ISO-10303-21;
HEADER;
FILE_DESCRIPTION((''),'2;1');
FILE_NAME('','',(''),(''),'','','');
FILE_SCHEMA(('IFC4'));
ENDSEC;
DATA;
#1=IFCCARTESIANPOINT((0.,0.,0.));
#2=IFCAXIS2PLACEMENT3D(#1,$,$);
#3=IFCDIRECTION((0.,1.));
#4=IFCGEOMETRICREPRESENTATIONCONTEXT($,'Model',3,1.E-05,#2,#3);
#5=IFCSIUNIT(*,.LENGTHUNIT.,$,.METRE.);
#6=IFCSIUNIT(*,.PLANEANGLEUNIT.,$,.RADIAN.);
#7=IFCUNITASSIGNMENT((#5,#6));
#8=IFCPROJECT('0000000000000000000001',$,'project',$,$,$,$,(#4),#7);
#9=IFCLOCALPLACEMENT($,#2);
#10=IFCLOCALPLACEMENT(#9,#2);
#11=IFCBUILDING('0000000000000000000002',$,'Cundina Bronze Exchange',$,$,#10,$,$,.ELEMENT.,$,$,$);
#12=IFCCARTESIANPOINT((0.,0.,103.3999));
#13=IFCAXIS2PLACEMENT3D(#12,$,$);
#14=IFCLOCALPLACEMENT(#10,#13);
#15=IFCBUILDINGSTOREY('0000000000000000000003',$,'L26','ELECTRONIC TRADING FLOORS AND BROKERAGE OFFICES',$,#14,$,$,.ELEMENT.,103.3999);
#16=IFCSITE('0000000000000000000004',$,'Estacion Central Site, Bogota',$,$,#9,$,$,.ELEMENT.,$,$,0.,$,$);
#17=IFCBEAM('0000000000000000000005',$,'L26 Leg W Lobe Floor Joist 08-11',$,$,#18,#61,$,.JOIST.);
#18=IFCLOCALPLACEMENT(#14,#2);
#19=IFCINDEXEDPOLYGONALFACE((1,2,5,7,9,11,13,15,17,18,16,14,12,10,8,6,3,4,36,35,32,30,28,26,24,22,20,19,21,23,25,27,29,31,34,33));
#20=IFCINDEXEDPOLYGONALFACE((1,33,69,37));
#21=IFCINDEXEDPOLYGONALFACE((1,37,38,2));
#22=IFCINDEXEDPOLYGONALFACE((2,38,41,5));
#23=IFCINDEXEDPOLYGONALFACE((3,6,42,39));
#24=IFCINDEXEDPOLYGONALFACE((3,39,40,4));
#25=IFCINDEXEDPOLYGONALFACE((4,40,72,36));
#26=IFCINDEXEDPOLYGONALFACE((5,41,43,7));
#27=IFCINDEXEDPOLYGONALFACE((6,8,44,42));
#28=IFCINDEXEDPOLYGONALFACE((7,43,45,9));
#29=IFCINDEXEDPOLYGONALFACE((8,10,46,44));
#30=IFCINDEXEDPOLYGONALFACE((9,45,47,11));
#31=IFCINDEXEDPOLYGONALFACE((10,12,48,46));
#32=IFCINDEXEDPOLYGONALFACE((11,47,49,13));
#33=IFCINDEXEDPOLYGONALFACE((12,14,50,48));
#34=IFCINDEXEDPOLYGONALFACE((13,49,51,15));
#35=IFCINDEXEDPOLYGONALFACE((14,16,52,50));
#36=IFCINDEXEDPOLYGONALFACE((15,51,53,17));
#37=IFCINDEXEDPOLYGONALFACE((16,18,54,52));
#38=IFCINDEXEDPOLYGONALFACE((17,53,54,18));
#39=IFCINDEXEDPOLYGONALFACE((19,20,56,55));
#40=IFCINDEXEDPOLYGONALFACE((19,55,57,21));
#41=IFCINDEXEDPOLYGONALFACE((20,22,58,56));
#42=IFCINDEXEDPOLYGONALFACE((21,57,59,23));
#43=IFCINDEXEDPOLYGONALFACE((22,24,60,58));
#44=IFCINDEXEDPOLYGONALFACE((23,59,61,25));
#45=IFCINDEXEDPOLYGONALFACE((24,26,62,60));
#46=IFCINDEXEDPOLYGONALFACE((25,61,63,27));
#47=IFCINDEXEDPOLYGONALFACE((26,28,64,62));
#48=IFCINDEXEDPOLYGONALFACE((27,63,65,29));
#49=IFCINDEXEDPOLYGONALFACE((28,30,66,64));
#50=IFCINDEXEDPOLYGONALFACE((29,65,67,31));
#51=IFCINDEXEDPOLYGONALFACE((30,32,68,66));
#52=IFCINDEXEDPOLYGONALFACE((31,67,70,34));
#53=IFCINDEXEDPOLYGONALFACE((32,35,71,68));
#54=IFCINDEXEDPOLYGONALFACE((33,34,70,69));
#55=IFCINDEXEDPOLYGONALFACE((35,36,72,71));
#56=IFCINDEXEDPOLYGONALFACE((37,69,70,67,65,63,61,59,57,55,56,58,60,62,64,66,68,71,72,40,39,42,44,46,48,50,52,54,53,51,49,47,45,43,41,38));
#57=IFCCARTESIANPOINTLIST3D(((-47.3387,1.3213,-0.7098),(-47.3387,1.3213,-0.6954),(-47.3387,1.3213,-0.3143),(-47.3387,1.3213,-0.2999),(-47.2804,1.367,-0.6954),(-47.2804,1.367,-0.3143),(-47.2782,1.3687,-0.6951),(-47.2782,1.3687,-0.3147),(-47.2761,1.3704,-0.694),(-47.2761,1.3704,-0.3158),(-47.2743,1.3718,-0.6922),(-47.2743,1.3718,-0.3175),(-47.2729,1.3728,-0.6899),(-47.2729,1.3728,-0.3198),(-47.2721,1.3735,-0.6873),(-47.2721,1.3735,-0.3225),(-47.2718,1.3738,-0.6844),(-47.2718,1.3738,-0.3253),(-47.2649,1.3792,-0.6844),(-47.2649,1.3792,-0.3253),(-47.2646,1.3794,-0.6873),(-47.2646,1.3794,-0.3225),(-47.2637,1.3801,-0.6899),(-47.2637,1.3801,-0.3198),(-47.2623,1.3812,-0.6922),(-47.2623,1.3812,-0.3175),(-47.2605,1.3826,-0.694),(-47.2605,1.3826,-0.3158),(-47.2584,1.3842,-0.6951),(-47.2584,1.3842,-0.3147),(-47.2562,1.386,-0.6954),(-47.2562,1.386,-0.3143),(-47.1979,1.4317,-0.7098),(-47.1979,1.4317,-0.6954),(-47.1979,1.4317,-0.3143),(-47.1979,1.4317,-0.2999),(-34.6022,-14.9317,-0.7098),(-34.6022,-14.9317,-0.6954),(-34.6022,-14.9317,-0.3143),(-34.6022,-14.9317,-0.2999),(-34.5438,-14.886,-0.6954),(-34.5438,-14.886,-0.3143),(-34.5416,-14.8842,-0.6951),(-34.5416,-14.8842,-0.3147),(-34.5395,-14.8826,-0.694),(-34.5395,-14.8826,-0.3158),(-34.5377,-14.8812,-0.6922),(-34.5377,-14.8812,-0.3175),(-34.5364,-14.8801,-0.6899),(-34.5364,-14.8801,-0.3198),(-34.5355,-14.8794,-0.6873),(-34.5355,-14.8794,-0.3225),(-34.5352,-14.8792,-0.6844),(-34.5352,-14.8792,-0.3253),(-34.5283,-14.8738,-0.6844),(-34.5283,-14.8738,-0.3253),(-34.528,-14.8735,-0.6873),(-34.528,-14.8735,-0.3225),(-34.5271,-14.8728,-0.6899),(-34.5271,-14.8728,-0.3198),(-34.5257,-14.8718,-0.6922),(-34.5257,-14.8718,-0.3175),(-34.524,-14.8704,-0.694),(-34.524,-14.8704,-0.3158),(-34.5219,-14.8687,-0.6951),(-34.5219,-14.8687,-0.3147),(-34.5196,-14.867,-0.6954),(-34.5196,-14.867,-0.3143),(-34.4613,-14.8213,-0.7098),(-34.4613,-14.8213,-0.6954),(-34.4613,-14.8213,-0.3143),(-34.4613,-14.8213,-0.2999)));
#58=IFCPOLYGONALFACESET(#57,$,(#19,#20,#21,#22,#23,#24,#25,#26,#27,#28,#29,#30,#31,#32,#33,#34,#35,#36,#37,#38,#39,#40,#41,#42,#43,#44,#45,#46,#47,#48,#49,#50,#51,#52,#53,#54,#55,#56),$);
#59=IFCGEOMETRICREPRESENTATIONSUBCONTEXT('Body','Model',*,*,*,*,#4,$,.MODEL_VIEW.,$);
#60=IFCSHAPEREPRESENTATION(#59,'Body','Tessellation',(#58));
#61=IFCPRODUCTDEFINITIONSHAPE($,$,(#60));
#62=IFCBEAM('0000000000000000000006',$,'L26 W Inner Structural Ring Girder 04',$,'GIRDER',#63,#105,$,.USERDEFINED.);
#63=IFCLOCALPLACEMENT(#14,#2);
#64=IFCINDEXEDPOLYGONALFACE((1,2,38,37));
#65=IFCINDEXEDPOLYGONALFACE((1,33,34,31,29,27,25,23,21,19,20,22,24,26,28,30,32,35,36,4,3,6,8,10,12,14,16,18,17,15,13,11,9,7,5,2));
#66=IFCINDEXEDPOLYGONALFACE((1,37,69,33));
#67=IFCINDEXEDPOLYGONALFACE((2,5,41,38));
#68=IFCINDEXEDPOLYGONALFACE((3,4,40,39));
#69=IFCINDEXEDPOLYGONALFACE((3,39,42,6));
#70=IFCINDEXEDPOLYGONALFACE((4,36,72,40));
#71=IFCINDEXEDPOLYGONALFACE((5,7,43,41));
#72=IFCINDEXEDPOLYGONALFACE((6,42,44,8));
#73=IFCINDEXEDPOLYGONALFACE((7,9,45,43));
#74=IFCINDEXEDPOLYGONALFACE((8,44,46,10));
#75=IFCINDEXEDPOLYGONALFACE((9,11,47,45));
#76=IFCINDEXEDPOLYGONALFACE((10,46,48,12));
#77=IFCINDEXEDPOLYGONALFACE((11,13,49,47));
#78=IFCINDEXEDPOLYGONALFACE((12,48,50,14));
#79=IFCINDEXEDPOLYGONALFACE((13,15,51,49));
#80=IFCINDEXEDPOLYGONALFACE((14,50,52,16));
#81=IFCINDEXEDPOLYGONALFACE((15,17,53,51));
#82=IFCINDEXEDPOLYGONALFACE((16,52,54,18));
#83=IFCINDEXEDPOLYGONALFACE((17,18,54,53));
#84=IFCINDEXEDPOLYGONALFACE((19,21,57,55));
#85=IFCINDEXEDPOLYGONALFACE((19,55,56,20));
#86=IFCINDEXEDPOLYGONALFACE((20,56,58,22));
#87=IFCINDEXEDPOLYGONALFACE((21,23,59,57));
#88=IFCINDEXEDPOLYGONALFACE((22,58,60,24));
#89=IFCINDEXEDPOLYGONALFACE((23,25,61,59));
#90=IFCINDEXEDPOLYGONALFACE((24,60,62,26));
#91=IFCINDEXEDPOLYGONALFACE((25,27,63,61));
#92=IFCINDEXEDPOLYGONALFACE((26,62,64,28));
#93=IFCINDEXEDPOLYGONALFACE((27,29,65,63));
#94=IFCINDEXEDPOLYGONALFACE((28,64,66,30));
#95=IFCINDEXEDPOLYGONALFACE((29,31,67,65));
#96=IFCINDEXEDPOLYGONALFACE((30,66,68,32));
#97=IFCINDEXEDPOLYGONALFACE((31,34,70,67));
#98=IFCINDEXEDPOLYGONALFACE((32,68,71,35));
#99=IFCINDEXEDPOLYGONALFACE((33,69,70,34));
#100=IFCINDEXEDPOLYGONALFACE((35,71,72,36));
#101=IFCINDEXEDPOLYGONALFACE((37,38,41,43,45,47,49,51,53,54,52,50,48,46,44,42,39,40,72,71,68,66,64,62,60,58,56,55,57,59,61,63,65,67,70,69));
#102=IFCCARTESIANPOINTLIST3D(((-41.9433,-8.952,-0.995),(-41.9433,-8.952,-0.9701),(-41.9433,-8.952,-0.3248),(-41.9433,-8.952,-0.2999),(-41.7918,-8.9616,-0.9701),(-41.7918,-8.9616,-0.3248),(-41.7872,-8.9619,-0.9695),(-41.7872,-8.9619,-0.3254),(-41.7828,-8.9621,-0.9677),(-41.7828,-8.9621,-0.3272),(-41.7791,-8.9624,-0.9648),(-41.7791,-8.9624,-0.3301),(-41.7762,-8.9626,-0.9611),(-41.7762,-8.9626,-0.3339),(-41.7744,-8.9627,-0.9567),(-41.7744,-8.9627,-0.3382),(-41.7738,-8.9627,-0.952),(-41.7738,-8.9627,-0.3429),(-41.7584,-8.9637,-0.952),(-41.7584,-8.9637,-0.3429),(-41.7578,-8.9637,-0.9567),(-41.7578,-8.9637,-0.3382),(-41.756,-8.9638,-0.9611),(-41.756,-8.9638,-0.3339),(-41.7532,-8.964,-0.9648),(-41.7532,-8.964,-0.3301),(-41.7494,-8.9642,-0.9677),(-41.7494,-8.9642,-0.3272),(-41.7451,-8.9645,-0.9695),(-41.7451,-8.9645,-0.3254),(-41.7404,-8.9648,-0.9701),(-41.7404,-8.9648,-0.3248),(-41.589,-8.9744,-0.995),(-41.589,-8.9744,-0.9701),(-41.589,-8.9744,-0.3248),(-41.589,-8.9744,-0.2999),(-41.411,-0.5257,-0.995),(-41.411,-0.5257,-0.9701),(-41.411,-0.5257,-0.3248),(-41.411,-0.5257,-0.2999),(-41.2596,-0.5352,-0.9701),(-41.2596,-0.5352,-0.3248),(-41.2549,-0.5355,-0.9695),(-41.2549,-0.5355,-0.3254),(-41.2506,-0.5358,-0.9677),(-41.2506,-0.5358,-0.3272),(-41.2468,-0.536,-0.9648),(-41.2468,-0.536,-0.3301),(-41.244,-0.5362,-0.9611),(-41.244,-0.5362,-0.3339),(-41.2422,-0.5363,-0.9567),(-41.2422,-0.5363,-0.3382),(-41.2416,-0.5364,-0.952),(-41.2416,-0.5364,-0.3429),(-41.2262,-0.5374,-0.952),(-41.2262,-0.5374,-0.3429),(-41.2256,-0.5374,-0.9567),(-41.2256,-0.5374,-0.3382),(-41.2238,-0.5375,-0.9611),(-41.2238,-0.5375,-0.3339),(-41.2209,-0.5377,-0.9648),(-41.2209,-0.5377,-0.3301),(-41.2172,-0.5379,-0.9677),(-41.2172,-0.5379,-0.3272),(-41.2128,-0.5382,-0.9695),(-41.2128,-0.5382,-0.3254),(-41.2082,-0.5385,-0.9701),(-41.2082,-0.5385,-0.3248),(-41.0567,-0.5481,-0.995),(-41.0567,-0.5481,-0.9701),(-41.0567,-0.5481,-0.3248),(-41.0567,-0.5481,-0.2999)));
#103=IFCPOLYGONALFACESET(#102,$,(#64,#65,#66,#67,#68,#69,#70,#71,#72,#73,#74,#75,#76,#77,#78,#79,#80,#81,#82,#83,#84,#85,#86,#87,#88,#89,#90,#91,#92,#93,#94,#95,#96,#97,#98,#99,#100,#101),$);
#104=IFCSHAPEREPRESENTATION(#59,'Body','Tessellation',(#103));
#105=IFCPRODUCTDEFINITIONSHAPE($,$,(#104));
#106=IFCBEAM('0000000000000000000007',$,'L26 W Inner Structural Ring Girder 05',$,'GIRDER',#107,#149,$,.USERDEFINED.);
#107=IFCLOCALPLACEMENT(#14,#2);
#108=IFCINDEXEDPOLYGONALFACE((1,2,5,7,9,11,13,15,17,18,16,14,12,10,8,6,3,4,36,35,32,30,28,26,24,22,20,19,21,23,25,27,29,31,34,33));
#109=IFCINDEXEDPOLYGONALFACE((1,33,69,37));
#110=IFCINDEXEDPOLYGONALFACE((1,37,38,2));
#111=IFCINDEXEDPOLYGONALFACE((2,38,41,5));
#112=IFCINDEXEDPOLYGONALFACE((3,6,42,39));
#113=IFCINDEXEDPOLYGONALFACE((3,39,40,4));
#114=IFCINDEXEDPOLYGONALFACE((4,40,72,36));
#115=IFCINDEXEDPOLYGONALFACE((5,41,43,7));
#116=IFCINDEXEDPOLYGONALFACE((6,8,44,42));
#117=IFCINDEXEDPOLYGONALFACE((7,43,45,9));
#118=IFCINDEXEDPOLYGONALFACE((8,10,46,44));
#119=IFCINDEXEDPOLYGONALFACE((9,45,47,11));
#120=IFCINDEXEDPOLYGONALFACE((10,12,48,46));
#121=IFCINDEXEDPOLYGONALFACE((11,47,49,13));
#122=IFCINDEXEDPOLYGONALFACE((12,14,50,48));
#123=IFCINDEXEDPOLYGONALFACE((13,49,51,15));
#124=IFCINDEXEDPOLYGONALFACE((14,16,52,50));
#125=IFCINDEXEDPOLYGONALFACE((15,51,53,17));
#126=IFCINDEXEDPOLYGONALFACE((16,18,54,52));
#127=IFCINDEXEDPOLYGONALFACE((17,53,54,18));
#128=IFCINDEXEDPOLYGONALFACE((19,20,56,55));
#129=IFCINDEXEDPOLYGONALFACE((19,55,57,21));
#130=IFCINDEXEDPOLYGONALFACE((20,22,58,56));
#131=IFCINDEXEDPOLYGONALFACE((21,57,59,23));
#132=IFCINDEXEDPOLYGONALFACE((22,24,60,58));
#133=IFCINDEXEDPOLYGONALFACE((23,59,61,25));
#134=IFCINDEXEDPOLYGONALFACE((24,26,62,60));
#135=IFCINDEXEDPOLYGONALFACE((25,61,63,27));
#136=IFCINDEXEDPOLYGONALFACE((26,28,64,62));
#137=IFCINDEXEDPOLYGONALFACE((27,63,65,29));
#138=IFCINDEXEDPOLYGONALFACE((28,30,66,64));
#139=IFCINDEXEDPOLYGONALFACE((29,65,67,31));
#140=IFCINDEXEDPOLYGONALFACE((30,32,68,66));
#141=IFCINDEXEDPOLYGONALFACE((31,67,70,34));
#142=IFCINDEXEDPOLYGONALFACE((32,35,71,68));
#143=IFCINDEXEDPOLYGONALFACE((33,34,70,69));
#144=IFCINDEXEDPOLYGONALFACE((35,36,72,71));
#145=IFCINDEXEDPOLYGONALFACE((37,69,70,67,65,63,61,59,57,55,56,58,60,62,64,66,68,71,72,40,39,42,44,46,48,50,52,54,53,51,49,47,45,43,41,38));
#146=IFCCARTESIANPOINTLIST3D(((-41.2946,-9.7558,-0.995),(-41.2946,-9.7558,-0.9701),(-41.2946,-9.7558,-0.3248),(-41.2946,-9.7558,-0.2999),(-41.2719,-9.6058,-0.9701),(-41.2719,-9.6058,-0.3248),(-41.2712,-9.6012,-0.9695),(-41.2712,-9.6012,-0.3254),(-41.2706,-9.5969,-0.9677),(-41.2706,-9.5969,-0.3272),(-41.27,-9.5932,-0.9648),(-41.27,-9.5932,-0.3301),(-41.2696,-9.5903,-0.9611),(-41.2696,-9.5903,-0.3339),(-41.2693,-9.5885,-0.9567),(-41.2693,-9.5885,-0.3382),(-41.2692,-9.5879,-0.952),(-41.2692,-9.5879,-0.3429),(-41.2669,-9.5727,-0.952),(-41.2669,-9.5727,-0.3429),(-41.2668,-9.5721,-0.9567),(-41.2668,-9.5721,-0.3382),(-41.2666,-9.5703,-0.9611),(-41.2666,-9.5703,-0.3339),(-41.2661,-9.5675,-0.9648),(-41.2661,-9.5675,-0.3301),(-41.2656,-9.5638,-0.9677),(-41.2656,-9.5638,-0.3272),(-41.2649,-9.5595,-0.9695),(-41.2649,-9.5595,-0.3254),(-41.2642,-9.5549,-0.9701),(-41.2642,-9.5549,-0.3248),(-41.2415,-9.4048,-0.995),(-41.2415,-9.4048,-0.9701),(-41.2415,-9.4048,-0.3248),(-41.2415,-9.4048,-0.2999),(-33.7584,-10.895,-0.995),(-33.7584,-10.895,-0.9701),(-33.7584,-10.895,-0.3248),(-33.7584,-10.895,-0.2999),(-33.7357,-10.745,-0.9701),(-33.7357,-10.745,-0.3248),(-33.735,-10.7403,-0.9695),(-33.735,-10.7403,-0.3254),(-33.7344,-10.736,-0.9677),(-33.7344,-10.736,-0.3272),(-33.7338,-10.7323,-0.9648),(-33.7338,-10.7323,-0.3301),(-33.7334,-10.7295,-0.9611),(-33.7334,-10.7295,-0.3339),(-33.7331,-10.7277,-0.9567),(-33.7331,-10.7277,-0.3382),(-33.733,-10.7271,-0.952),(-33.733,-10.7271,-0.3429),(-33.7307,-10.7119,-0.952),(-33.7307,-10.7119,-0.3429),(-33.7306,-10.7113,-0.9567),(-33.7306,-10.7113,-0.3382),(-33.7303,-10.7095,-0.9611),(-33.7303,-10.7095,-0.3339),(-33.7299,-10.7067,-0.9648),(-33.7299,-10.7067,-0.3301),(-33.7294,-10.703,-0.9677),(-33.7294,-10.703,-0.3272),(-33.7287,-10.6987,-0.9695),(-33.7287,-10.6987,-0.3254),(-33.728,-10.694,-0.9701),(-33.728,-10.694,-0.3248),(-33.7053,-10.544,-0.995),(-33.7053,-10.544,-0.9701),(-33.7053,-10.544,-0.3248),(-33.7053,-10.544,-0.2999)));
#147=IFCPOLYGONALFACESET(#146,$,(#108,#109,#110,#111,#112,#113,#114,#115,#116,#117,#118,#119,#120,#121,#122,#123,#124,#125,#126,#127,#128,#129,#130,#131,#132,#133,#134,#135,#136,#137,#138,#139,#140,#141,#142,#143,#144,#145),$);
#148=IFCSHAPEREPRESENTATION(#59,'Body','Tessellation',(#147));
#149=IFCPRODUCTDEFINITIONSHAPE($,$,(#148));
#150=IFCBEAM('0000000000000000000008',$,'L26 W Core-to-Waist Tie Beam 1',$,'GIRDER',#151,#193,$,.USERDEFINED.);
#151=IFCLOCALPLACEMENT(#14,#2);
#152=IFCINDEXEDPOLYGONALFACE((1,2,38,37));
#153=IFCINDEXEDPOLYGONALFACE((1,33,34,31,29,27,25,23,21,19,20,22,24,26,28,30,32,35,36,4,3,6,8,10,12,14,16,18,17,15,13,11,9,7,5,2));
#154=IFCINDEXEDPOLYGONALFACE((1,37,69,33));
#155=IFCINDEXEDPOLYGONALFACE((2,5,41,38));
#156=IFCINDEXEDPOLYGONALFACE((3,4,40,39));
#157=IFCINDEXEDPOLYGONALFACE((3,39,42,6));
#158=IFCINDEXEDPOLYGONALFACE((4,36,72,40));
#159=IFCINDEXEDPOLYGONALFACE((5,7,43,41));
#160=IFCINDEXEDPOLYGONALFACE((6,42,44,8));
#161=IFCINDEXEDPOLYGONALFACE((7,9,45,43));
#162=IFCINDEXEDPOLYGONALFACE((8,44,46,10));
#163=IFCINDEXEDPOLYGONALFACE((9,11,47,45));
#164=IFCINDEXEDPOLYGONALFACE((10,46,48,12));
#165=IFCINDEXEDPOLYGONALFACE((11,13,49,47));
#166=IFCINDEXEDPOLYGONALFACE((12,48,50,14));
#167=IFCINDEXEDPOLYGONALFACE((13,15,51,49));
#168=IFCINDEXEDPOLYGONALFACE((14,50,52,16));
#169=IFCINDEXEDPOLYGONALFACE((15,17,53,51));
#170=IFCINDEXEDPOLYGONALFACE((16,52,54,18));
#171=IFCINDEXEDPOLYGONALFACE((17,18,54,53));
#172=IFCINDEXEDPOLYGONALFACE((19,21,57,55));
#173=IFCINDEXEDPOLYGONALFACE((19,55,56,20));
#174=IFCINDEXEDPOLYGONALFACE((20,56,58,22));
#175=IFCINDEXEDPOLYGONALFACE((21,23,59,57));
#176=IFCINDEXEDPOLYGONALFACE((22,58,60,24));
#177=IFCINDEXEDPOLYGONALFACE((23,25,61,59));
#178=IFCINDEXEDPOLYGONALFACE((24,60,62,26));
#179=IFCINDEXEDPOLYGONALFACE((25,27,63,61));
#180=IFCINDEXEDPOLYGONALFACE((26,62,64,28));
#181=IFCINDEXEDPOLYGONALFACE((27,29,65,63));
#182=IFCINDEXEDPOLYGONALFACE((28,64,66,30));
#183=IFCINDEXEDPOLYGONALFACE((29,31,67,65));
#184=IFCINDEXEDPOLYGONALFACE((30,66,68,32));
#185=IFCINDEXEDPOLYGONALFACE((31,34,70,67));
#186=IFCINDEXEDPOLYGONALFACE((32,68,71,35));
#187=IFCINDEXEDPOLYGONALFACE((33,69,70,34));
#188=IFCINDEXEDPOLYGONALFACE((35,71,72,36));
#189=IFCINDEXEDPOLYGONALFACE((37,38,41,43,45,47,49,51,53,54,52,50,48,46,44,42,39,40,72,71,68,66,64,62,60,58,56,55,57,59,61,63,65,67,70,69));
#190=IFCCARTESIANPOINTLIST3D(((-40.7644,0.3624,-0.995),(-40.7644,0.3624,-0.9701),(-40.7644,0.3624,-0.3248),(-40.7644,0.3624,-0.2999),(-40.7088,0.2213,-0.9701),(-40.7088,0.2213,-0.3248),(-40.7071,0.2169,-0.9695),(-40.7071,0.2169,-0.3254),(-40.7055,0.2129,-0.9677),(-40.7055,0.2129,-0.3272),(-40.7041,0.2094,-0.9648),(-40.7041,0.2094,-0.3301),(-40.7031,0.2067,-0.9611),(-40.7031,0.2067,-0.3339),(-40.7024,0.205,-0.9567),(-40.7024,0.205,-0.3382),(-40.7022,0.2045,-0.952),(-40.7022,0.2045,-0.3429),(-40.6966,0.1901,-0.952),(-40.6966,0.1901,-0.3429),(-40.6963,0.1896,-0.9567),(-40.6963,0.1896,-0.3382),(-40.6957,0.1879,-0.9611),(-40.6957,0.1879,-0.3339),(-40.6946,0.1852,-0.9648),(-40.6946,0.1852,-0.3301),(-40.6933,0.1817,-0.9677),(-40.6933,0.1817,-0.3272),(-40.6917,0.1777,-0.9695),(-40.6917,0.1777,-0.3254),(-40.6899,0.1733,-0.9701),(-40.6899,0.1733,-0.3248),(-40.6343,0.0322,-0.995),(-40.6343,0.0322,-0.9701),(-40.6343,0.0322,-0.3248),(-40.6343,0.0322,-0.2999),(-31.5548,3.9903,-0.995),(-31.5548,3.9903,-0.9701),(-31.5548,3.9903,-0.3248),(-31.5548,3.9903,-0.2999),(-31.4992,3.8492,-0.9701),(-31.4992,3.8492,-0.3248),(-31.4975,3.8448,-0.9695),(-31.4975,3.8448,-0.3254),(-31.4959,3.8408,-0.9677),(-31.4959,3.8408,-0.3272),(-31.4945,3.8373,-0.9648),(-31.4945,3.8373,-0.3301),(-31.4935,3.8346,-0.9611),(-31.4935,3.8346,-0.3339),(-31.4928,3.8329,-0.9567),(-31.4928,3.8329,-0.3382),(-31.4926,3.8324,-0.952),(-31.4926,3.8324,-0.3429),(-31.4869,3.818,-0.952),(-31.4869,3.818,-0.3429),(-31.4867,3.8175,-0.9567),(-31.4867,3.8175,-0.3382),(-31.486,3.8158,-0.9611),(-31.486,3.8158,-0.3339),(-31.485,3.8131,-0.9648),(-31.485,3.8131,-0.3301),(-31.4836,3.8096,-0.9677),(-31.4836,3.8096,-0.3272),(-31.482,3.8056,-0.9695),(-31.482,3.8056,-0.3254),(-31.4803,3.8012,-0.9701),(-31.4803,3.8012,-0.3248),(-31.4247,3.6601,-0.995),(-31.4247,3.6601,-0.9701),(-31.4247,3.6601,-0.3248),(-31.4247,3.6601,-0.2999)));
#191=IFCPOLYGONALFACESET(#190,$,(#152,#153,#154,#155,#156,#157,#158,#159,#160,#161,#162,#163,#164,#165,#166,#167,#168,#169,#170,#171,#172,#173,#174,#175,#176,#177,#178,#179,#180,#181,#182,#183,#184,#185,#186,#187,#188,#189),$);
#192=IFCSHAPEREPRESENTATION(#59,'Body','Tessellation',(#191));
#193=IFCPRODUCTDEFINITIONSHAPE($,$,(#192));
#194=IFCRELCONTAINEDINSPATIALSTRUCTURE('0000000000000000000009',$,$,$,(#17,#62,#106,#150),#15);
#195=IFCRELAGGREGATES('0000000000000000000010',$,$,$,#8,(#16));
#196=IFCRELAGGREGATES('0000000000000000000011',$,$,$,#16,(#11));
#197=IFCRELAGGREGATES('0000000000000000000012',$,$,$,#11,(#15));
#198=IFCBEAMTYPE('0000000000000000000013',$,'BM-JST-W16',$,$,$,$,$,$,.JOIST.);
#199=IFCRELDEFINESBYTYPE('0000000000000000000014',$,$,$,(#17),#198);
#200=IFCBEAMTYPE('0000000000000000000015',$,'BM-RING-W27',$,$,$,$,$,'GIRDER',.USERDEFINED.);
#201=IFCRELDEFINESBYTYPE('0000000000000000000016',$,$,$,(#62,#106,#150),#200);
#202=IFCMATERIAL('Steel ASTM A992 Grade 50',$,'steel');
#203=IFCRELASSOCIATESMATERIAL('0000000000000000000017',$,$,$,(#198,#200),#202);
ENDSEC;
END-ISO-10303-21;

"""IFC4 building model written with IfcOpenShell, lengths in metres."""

from ifc_helpers import new_model, si_unit, direction, frame, origin, origin_2d, place, context, subcontext, project, spatial, i_section, extrude, material, material_profile, profile_set, type_object, element, save


model = new_model("IFC4")

# Units and contexts
model_context = context("Model", 3, precision=1e-05, world=origin(), true_north=direction((0.0, 1.0)))
body_context = subcontext(model_context, "Body", "Model", "MODEL_VIEW")
ifc_project = project(units=[si_unit("LENGTHUNIT", "METRE"), si_unit("PLANEANGLEUNIT", "RADIAN")], contexts=[model_context])

# Site, building, storey
site_placement = place(None, origin())
site = spatial("IfcSite", under=ifc_project, at=site_placement, Name="Estacion Central Site, Bogota", CompositionType="ELEMENT", RefElevation=0.0)
building_placement = place(site_placement, origin())
building = spatial("IfcBuilding", under=site, at=building_placement, Name="Cundina Bronze Exchange", CompositionType="ELEMENT")
storey_placement = place(building_placement, frame((0.0, 0.0, 103.3999)))
storey = spatial("IfcBuildingStorey", under=building, at=storey_placement, Name="L26", Description="ELECTRONIC TRADING FLOORS AND BROKERAGE OFFICES", CompositionType="ELEMENT", Elevation=103.3999)

# Shared definitions
ifc_material_1 = material(Name="Steel ASTM A992 Grade 50", Category="steel")

# Beams
ifc_material_profile_1 = material_profile(ifc_material_1, i_section(OverallWidth=0.179, OverallDepth=0.4099, WebThickness=0.0088, FlangeThickness=0.0144, FilletRadius=0.011, at=origin_2d()), Name="W16X45", Category="steel")
ifc_profile_set_1 = profile_set([ifc_material_profile_1], Name="Steel ASTM A992 Grade 50")
beam_type_1 = type_object("IfcBeamType", Name="BM-JST-W16", PredefinedType="JOIST", material=ifc_profile_set_1)
beam_1_placement = place(storey_placement, frame((-47.2683, 1.3765, -0.5049), z_axis=(0.616815, -0.787108, 0.0), x_axis=(0.787108, 0.616815, 0.0)))
element("IfcBeam", 1, at=beam_1_placement, inside=storey, type_object=beam_type_1, Name="L26 Leg W Lobe Floor Joist 08-11", PredefinedType="JOIST", context=body_context, shape_type="SweptSolid", body=[
    extrude(i_section(OverallWidth=0.179, OverallDepth=0.4099, WebThickness=0.0088, FlangeThickness=0.0144, FilletRadius=0.011, at=origin_2d()), origin(), (0.0, 0.0, 1.0), 20.6489),
])
ifc_material_profile_2 = material_profile(ifc_material_1, i_section(OverallWidth=0.355, OverallDepth=0.6951, WebThickness=0.0154, FlangeThickness=0.0249, FilletRadius=0.0181, at=origin_2d()), Name="W27X146", Category="steel")
ifc_profile_set_2 = profile_set([ifc_material_profile_2], Name="Steel ASTM A992 Grade 50")
beam_type_2 = type_object("IfcBeamType", Name="BM-RING-W27", ElementType="GIRDER", PredefinedType="USERDEFINED", material=ifc_profile_set_2)
beam_2_placement = place(storey_placement, frame((-41.2339, -0.5369, -0.6475), z_axis=(-0.063037, -0.998011, 0.0), x_axis=(0.998011, -0.063037, 0.0)))
element("IfcBeam", 2, at=beam_2_placement, inside=storey, type_object=beam_type_2, Name="L26 W Inner Structural Ring Girder 04", ObjectType="GIRDER", PredefinedType="USERDEFINED", context=body_context, shape_type="SweptSolid", body=[
    extrude(i_section(OverallWidth=0.355, OverallDepth=0.6951, WebThickness=0.0154, FlangeThickness=0.0249, FilletRadius=0.0181, at=origin_2d()), origin(), (0.0, 0.0, 1.0), 8.4431),
])
beam_3_placement = place(storey_placement, frame((-41.2681, -9.5803, -0.6475), z_axis=(0.988767, -0.149462, 0.0), x_axis=(0.149462, 0.988767, 0.0)))
element("IfcBeam", 3, at=beam_3_placement, inside=storey, type_object=beam_type_2, Name="L26 W Inner Structural Ring Girder 05", ObjectType="GIRDER", PredefinedType="USERDEFINED", context=body_context, shape_type="SweptSolid", body=[
    extrude(i_section(OverallWidth=0.355, OverallDepth=0.6951, WebThickness=0.0154, FlangeThickness=0.0249, FilletRadius=0.0181, at=origin_2d()), origin(), (0.0, 0.0, 1.0), 7.6218),
])
beam_4_placement = place(storey_placement, frame((-31.4897, 3.8252, -0.6475), z_axis=(-0.930413, -0.366512, 0.0), x_axis=(0.366512, -0.930413, 0.0)))
element("IfcBeam", 4, at=beam_4_placement, inside=storey, type_object=beam_type_2, Name="L26 W Core-to-Waist Tie Beam 1", ObjectType="GIRDER", PredefinedType="USERDEFINED", context=body_context, shape_type="SweptSolid", body=[
    extrude(i_section(OverallWidth=0.355, OverallDepth=0.6951, WebThickness=0.0154, FlangeThickness=0.0249, FilletRadius=0.0181, at=origin_2d()), origin(), (0.0, 0.0, 1.0), 9.8984),
])

save(model, "model.ifc")
